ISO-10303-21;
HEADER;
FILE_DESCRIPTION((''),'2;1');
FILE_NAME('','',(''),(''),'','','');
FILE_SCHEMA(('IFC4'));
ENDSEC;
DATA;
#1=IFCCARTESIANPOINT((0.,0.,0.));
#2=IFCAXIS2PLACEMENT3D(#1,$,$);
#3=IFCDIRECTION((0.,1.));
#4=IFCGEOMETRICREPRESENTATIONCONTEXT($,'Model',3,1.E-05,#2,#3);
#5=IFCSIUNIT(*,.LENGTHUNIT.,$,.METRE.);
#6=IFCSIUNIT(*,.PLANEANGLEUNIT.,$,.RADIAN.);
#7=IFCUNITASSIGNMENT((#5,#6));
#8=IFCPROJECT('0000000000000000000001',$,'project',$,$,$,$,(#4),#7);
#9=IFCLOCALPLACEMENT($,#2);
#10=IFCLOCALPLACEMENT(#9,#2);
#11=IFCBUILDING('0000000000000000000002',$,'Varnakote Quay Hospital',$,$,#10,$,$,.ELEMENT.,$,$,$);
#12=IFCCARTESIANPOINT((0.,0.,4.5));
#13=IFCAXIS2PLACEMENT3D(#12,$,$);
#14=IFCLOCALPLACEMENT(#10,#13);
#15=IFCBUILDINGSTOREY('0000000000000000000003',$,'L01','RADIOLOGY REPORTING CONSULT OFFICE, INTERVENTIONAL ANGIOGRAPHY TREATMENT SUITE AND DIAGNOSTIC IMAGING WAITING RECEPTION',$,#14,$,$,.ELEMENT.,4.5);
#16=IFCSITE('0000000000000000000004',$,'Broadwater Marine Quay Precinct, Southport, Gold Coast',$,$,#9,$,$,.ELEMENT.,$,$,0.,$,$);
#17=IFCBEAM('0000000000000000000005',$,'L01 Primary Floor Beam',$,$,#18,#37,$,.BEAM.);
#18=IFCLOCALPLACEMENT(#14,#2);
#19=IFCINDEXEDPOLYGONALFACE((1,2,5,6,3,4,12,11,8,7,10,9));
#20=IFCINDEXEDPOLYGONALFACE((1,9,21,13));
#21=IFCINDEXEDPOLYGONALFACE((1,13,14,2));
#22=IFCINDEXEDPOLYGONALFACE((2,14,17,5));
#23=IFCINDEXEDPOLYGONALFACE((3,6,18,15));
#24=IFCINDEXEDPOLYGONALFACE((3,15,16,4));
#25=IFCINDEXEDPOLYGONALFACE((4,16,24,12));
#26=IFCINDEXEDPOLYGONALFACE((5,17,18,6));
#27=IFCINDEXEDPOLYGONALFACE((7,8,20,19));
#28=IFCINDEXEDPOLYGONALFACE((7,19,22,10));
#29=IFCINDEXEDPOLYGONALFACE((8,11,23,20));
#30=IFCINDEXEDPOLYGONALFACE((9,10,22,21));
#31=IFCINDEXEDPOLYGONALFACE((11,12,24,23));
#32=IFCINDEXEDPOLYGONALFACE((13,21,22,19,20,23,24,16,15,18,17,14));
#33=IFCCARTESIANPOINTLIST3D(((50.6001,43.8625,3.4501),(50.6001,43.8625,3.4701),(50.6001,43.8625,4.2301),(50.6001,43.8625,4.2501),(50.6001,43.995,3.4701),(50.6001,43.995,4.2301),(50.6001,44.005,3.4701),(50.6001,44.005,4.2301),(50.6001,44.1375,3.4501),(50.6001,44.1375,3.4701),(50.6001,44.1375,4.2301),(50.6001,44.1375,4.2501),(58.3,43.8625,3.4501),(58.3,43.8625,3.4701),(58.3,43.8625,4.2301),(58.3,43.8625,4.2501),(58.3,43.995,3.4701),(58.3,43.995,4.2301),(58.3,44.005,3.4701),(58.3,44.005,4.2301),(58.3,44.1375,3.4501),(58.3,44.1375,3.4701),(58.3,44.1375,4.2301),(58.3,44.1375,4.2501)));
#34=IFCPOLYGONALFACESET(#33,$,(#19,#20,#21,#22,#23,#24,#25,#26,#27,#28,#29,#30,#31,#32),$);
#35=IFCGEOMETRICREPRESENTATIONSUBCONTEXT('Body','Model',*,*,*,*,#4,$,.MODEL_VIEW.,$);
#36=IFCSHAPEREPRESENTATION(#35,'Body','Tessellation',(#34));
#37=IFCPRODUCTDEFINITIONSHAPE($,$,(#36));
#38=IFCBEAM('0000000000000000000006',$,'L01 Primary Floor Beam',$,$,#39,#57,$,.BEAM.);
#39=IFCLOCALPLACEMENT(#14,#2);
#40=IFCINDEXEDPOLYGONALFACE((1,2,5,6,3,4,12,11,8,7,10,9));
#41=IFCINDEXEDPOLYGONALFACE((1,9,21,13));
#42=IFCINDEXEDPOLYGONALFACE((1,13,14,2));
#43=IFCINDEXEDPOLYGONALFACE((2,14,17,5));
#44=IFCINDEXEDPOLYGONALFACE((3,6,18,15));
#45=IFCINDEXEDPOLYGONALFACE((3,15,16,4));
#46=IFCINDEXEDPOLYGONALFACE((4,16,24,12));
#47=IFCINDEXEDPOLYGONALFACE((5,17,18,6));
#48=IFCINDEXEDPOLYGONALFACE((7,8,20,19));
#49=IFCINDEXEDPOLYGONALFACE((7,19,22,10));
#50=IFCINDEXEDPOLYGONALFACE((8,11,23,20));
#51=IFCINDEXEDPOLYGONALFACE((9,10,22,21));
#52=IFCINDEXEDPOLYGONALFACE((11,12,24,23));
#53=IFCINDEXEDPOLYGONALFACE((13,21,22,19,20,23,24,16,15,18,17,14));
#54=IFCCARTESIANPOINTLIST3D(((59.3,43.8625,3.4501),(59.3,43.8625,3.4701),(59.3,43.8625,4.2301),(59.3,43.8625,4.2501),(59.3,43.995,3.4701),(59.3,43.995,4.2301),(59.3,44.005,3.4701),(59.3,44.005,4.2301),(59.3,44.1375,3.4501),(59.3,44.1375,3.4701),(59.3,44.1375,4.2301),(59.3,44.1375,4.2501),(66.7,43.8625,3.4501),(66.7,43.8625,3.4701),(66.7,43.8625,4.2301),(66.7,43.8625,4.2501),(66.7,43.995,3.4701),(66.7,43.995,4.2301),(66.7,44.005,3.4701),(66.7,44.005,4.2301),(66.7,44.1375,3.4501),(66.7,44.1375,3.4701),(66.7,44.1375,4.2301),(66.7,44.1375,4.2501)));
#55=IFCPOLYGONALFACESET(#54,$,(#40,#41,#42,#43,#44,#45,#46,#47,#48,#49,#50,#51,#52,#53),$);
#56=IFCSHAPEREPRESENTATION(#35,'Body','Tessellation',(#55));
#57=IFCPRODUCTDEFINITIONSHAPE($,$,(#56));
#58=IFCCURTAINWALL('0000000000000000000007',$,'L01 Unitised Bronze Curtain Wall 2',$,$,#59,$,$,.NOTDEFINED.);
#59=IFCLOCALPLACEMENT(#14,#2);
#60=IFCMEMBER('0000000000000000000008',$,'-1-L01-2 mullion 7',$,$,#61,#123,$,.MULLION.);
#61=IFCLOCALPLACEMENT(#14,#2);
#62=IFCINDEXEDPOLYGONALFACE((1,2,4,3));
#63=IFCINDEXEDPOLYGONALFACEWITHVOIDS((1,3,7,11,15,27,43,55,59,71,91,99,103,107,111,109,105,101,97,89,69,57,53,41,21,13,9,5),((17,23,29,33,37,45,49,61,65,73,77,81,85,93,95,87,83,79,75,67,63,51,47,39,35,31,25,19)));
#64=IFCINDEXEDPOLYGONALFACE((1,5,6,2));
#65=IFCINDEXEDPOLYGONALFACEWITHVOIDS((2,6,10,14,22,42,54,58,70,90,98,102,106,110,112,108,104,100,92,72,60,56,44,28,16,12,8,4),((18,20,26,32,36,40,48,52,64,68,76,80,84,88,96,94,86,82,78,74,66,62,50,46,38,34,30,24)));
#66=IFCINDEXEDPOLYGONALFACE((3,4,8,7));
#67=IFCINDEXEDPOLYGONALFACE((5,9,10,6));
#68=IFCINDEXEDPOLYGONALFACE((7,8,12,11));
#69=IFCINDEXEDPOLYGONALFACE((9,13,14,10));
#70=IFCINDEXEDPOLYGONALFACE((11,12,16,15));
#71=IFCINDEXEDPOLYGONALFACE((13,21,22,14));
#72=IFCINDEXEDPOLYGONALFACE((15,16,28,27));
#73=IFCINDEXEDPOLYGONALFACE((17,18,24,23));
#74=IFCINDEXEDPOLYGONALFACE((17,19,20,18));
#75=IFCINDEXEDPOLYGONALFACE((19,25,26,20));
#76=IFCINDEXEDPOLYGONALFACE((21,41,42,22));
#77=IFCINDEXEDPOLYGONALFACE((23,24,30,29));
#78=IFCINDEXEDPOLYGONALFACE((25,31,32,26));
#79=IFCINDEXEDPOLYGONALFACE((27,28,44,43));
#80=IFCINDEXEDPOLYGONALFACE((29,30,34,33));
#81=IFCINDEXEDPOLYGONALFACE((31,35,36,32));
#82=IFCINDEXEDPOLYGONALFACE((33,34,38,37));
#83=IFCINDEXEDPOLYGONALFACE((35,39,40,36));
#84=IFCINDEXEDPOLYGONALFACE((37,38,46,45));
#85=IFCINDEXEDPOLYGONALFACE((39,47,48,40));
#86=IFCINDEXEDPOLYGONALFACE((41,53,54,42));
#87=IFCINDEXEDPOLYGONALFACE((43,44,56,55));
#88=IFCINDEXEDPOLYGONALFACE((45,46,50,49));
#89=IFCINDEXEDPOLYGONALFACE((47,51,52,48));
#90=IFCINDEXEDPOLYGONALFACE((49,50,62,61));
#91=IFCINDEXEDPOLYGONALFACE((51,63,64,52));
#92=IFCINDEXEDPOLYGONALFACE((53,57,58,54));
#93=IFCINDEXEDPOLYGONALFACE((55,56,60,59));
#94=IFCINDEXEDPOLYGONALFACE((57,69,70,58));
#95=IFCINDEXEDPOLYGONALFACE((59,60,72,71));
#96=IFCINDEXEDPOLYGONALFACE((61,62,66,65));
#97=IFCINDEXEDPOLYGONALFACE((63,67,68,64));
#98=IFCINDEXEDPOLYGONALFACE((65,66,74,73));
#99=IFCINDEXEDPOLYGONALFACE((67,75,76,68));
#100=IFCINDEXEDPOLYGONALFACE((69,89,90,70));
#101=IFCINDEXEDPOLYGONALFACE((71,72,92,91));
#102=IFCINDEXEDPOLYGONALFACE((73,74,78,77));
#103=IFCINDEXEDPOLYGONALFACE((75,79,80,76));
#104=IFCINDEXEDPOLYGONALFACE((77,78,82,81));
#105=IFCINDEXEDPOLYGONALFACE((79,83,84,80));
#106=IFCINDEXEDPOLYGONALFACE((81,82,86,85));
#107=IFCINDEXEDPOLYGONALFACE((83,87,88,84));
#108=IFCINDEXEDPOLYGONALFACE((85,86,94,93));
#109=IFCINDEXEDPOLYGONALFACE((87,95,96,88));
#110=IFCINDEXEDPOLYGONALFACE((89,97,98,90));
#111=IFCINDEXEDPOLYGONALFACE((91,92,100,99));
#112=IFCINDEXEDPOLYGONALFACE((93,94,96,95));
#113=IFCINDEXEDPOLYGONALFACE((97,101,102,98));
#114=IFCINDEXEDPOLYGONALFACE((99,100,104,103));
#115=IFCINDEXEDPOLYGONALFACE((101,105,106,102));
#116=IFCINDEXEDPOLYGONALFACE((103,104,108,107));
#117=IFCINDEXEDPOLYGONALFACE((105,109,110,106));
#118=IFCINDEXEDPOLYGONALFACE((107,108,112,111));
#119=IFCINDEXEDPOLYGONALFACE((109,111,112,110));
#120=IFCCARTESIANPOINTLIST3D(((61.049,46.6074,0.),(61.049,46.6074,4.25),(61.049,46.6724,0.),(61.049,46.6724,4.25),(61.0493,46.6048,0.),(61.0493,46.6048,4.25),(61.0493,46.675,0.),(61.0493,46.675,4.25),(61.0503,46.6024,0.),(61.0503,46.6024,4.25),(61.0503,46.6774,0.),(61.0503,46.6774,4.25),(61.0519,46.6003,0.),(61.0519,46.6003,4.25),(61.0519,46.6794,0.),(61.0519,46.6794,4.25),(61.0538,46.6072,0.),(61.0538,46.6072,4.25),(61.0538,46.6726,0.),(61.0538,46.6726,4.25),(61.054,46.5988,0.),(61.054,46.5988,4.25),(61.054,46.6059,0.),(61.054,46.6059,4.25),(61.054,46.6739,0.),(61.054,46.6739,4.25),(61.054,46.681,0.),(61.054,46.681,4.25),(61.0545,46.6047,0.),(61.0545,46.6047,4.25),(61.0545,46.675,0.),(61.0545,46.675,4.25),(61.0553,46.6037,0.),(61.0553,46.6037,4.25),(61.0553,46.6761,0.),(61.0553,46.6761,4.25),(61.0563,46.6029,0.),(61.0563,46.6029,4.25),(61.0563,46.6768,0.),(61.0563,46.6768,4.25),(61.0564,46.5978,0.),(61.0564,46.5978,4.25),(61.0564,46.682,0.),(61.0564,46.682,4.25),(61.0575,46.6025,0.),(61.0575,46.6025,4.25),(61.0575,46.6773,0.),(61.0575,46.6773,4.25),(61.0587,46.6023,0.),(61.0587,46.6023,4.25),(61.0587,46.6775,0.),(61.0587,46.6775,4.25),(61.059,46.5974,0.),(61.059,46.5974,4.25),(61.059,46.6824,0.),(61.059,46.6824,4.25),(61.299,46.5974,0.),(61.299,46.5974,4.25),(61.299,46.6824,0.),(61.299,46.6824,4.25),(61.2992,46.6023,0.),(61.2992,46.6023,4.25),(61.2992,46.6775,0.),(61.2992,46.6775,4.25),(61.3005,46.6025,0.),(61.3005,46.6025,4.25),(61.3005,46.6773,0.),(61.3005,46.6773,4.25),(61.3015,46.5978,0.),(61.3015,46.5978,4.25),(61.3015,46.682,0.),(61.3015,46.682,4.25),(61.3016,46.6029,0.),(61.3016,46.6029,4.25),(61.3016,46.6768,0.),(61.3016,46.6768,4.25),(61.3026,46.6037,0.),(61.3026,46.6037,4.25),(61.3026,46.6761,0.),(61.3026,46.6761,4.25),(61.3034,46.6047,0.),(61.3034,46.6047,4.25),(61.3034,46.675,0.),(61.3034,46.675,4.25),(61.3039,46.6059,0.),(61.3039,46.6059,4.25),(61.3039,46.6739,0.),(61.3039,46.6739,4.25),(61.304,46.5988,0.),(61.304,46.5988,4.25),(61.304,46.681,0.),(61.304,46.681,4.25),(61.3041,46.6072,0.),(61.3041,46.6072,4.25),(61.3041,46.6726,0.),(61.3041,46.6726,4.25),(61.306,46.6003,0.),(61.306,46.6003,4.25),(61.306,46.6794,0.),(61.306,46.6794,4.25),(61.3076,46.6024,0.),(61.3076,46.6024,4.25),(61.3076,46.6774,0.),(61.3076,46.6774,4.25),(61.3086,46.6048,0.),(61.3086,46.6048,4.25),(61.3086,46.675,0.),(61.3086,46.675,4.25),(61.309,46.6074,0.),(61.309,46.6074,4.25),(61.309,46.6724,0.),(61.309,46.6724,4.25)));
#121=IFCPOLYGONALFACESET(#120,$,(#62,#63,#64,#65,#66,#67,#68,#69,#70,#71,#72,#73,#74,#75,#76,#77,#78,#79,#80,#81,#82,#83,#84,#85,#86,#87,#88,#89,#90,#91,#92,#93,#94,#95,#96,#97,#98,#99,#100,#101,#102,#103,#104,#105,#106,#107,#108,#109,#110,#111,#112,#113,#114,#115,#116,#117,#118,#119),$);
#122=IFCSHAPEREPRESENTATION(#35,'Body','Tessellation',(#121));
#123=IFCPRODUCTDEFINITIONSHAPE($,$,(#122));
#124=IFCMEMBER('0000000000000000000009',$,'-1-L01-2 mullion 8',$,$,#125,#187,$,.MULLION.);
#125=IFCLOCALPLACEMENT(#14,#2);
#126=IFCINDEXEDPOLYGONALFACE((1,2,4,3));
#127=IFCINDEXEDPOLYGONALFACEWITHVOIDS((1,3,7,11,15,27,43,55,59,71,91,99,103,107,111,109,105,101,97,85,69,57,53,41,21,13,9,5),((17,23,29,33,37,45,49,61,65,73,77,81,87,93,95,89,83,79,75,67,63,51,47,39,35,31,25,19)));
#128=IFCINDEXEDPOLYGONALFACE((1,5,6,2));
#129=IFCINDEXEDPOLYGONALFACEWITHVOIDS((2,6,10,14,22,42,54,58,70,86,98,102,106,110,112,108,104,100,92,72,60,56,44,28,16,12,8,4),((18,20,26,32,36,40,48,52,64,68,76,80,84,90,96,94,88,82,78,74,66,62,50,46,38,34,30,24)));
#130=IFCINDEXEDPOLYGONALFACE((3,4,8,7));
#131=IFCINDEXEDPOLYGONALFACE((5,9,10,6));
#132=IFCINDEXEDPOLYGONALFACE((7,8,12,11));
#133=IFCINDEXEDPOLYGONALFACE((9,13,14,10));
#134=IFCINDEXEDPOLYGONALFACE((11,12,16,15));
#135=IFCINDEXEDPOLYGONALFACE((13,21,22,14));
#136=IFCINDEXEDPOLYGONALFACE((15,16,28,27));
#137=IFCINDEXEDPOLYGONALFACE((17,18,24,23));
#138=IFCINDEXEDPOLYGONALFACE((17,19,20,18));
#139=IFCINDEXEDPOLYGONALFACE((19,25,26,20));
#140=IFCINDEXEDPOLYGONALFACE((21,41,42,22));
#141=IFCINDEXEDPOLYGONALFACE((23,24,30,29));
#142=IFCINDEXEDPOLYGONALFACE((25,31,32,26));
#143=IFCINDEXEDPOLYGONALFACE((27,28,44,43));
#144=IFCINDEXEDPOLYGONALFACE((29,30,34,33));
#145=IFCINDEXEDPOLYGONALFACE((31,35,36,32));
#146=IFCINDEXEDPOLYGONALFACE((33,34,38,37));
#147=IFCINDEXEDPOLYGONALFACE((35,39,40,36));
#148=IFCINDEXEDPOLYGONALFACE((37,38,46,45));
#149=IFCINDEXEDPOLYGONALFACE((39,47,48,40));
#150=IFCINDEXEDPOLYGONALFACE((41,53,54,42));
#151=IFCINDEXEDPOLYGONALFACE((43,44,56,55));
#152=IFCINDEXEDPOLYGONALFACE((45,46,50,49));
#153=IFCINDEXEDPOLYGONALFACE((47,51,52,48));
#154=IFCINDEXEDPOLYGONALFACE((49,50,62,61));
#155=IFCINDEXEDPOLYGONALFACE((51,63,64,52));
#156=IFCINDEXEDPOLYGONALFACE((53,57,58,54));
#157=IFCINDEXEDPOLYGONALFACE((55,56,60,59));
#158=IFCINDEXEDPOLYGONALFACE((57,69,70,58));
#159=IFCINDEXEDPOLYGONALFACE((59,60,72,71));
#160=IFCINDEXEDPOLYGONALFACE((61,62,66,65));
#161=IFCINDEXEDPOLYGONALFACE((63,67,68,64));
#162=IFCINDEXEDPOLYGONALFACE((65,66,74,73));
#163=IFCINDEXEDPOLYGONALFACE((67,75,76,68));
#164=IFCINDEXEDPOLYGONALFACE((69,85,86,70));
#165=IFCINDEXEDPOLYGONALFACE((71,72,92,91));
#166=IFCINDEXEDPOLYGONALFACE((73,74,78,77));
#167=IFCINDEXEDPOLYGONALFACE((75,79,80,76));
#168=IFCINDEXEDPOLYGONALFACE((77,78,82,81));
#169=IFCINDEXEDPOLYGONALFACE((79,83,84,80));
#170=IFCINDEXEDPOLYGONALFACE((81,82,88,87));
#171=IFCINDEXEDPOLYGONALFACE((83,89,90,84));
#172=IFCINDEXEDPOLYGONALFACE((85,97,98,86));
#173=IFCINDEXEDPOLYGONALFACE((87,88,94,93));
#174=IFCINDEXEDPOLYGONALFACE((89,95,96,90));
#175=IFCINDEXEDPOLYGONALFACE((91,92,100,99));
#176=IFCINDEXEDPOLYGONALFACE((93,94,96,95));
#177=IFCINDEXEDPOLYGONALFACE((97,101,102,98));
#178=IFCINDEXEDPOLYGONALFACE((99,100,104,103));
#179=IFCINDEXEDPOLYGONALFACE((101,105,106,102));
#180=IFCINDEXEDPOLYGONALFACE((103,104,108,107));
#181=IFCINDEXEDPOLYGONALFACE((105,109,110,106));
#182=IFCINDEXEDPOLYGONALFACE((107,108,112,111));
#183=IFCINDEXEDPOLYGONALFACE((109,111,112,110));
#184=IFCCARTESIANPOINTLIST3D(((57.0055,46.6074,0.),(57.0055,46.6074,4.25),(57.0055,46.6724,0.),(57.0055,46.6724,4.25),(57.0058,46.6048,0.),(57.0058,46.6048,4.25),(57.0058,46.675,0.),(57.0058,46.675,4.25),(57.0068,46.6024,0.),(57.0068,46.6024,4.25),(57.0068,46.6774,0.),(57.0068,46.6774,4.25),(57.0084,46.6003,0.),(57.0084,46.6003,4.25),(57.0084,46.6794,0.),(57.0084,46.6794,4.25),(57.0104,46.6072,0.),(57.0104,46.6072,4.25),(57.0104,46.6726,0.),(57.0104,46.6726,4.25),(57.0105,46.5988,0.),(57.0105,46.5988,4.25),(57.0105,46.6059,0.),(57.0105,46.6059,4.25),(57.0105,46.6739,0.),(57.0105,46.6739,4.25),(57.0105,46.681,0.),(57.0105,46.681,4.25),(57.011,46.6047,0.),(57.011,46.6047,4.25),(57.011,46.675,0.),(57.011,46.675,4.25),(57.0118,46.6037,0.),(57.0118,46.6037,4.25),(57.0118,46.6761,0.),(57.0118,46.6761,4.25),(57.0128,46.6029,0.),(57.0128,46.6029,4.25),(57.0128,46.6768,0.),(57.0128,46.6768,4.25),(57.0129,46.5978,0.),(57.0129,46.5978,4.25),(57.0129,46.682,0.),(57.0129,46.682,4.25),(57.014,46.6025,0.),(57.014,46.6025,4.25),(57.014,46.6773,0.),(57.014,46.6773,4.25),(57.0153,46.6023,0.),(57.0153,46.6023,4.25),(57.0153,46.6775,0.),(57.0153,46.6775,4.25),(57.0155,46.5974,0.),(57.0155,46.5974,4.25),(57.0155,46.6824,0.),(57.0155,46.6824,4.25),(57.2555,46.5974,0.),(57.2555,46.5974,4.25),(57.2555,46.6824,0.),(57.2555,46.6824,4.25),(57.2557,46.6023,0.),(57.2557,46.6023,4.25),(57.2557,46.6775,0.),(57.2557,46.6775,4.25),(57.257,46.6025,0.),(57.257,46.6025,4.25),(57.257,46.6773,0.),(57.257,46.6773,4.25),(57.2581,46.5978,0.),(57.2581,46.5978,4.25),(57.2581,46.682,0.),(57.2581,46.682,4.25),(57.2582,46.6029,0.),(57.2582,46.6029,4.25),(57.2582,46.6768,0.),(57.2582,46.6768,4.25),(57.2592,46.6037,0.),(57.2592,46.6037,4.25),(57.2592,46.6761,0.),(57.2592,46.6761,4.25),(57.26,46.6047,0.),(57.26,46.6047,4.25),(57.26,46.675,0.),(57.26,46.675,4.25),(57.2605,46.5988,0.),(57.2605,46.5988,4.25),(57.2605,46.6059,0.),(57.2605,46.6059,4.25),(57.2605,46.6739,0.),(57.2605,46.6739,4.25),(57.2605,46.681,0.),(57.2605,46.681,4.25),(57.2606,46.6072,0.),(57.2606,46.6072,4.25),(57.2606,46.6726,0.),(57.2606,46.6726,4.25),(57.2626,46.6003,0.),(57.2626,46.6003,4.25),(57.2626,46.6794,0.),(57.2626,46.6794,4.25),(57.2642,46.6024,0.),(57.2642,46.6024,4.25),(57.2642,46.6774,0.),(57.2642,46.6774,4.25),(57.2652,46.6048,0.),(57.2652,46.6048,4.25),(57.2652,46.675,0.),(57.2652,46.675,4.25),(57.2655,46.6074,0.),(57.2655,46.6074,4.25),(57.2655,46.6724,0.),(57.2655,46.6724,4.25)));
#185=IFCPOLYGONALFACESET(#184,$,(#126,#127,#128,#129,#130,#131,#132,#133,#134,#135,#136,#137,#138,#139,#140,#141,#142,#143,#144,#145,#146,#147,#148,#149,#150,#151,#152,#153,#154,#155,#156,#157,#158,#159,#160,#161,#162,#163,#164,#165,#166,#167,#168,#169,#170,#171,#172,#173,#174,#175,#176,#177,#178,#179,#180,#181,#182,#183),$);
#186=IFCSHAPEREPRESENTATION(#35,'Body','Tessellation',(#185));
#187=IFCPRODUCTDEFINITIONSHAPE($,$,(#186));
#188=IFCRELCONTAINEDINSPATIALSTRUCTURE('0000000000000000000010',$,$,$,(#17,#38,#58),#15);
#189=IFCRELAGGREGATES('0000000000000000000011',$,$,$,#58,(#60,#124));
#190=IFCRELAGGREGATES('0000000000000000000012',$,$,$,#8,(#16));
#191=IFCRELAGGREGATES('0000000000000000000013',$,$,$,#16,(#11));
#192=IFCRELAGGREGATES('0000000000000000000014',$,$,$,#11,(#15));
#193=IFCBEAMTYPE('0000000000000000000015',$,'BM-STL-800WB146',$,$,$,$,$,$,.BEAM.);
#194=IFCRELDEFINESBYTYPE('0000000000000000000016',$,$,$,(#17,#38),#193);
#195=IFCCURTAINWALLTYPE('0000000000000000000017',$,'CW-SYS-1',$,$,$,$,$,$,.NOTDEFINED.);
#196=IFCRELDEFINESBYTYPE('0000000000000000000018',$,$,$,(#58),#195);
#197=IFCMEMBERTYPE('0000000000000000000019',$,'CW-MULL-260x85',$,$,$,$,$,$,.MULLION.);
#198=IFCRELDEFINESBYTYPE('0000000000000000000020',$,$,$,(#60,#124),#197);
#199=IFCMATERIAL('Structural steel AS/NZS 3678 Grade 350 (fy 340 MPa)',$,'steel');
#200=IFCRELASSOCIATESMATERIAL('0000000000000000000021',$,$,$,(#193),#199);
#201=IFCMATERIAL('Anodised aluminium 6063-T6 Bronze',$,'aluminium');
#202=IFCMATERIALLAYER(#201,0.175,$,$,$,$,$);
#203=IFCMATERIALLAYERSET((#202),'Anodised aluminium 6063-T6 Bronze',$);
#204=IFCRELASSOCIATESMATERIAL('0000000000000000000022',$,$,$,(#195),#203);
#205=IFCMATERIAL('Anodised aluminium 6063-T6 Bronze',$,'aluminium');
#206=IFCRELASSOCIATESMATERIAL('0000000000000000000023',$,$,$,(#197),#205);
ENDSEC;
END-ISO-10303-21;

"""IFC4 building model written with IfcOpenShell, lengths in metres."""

from ifc_helpers import new_model, si_unit, direction, frame, origin, origin_2d, place, context, subcontext, project, spatial, hollow_rectangle, i_section, extrude, material, layer, layer_set, material_profile, profile_set, type_object, element, aggregate, save


model = new_model("IFC4")

# Units and contexts
model_context = context("Model", 3, precision=1e-05, world=origin(), true_north=direction((0.0, 1.0)))
body_context = subcontext(model_context, "Body", "Model", "MODEL_VIEW")
ifc_project = project(units=[si_unit("LENGTHUNIT", "METRE"), si_unit("PLANEANGLEUNIT", "RADIAN")], contexts=[model_context])

# Site, building, storey
site_placement = place(None, origin())
site = spatial("IfcSite", under=ifc_project, at=site_placement, Name="Broadwater Marine Quay Precinct, Southport, Gold Coast", CompositionType="ELEMENT", RefElevation=0.0)
building_placement = place(site_placement, origin())
building = spatial("IfcBuilding", under=site, at=building_placement, Name="Varnakote Quay Hospital", CompositionType="ELEMENT")
storey_placement = place(building_placement, frame((0.0, 0.0, 4.5)))
storey = spatial("IfcBuildingStorey", under=building, at=storey_placement, Name="L01", Description="RADIOLOGY REPORTING CONSULT OFFICE, INTERVENTIONAL ANGIOGRAPHY TREATMENT SUITE AND DIAGNOSTIC IMAGING WAITING RECEPTION", CompositionType="ELEMENT", Elevation=4.5)

# Beams
ifc_material_1 = material(Name="Structural steel AS/NZS 3678 Grade 350 (fy 340 MPa)", Category="steel")
ifc_material_profile_1 = material_profile(ifc_material_1, i_section(OverallWidth=0.2749, OverallDepth=0.8, WebThickness=0.01, FlangeThickness=0.02, at=origin_2d()), Name="800WB146")
ifc_profile_set_1 = profile_set([ifc_material_profile_1], Name="Structural steel AS/NZS 3678 Grade 350 (fy 340 MPa)")
beam_type_1 = type_object("IfcBeamType", Name="BM-STL-800WB146", PredefinedType="BEAM", material=ifc_profile_set_1)
beam_1_placement = place(storey_placement, frame((50.6001, 44.0, 3.8501), z_axis=(1.0, 0.0, 0.0), x_axis=(0.0, 1.0, 0.0)))
element("IfcBeam", 1, at=beam_1_placement, inside=storey, type_object=beam_type_1, Name="L01 Primary Floor Beam", PredefinedType="BEAM", context=body_context, shape_type="SweptSolid", body=[
    extrude(i_section(OverallWidth=0.2749, OverallDepth=0.8, WebThickness=0.01, FlangeThickness=0.02, at=origin_2d()), origin(), (0.0, 0.0, 1.0), 7.7),
])
beam_2_placement = place(storey_placement, frame((59.3, 44.0, 3.8501), z_axis=(1.0, 0.0, 0.0), x_axis=(0.0, 1.0, 0.0)))
element("IfcBeam", 2, at=beam_2_placement, inside=storey, type_object=beam_type_1, Name="L01 Primary Floor Beam", PredefinedType="BEAM", context=body_context, shape_type="SweptSolid", body=[
    extrude(i_section(OverallWidth=0.2749, OverallDepth=0.8, WebThickness=0.01, FlangeThickness=0.02, at=origin_2d()), origin(), (0.0, 0.0, 1.0), 7.3999),
])

# Curtain wall, members
ifc_material_2 = material(Name="Anodised aluminium 6063-T6 Bronze", Category="aluminium")
ifc_layer_1 = layer(ifc_material_2, 0.175)
ifc_layer_set_1 = layer_set([ifc_layer_1], Name="Anodised aluminium 6063-T6 Bronze")
curtain_wall_type = type_object("IfcCurtainWallType", Name="CW-SYS-1", PredefinedType="NOTDEFINED", material=ifc_layer_set_1)
curtain_wall_placement = place(storey_placement, origin())
curtain_wall = element("IfcCurtainWall", 3, at=curtain_wall_placement, inside=storey, type_object=curtain_wall_type, Name="L01 Unitised Bronze Curtain Wall 2", PredefinedType="NOTDEFINED")
ifc_material_3 = material(Name="Anodised aluminium 6063-T6 Bronze", Category="aluminium")
ifc_material_profile_2 = material_profile(ifc_material_3, hollow_rectangle(XDim=0.085, YDim=0.26, WallThickness=0.0049, InnerFilletRadius=0.0049, OuterFilletRadius=0.01, at=origin_2d()), Name="CW-MULL-260x85")
ifc_profile_set_2 = profile_set([ifc_material_profile_2], Name="Anodised aluminium 6063-T6 Bronze")
member_type_1 = type_object("IfcMemberType", Name="CW-MULL-260x85", PredefinedType="MULLION", material=ifc_profile_set_2)
member_1_placement = place(storey_placement, frame((61.179, 46.6399, 0.0), z_axis=(0.0, 0.0, 1.0), x_axis=(0.0, -1.0, 0.0)))
member_1 = element("IfcMember", 4, at=member_1_placement, type_object=member_type_1, Name="-1-L01-2 mullion 7", PredefinedType="MULLION", context=body_context, shape_type="SweptSolid", body=[
    extrude(hollow_rectangle(XDim=0.085, YDim=0.26, WallThickness=0.0049, InnerFilletRadius=0.0049, OuterFilletRadius=0.01, at=origin_2d()), origin(), (0.0, 0.0, 1.0), 4.25),
])
member_2_placement = place(storey_placement, frame((57.1355, 46.6399, 0.0), z_axis=(0.0, 0.0, 1.0), x_axis=(0.0, -1.0, 0.0)))
member_2 = element("IfcMember", 5, at=member_2_placement, type_object=member_type_1, Name="-1-L01-2 mullion 8", PredefinedType="MULLION", context=body_context, shape_type="SweptSolid", body=[
    extrude(hollow_rectangle(XDim=0.085, YDim=0.26, WallThickness=0.0049, InnerFilletRadius=0.0049, OuterFilletRadius=0.01, at=origin_2d()), origin(), (0.0, 0.0, 1.0), 4.25),
])

aggregate(curtain_wall, [member_1, member_2])

save(model, "model.ifc")
